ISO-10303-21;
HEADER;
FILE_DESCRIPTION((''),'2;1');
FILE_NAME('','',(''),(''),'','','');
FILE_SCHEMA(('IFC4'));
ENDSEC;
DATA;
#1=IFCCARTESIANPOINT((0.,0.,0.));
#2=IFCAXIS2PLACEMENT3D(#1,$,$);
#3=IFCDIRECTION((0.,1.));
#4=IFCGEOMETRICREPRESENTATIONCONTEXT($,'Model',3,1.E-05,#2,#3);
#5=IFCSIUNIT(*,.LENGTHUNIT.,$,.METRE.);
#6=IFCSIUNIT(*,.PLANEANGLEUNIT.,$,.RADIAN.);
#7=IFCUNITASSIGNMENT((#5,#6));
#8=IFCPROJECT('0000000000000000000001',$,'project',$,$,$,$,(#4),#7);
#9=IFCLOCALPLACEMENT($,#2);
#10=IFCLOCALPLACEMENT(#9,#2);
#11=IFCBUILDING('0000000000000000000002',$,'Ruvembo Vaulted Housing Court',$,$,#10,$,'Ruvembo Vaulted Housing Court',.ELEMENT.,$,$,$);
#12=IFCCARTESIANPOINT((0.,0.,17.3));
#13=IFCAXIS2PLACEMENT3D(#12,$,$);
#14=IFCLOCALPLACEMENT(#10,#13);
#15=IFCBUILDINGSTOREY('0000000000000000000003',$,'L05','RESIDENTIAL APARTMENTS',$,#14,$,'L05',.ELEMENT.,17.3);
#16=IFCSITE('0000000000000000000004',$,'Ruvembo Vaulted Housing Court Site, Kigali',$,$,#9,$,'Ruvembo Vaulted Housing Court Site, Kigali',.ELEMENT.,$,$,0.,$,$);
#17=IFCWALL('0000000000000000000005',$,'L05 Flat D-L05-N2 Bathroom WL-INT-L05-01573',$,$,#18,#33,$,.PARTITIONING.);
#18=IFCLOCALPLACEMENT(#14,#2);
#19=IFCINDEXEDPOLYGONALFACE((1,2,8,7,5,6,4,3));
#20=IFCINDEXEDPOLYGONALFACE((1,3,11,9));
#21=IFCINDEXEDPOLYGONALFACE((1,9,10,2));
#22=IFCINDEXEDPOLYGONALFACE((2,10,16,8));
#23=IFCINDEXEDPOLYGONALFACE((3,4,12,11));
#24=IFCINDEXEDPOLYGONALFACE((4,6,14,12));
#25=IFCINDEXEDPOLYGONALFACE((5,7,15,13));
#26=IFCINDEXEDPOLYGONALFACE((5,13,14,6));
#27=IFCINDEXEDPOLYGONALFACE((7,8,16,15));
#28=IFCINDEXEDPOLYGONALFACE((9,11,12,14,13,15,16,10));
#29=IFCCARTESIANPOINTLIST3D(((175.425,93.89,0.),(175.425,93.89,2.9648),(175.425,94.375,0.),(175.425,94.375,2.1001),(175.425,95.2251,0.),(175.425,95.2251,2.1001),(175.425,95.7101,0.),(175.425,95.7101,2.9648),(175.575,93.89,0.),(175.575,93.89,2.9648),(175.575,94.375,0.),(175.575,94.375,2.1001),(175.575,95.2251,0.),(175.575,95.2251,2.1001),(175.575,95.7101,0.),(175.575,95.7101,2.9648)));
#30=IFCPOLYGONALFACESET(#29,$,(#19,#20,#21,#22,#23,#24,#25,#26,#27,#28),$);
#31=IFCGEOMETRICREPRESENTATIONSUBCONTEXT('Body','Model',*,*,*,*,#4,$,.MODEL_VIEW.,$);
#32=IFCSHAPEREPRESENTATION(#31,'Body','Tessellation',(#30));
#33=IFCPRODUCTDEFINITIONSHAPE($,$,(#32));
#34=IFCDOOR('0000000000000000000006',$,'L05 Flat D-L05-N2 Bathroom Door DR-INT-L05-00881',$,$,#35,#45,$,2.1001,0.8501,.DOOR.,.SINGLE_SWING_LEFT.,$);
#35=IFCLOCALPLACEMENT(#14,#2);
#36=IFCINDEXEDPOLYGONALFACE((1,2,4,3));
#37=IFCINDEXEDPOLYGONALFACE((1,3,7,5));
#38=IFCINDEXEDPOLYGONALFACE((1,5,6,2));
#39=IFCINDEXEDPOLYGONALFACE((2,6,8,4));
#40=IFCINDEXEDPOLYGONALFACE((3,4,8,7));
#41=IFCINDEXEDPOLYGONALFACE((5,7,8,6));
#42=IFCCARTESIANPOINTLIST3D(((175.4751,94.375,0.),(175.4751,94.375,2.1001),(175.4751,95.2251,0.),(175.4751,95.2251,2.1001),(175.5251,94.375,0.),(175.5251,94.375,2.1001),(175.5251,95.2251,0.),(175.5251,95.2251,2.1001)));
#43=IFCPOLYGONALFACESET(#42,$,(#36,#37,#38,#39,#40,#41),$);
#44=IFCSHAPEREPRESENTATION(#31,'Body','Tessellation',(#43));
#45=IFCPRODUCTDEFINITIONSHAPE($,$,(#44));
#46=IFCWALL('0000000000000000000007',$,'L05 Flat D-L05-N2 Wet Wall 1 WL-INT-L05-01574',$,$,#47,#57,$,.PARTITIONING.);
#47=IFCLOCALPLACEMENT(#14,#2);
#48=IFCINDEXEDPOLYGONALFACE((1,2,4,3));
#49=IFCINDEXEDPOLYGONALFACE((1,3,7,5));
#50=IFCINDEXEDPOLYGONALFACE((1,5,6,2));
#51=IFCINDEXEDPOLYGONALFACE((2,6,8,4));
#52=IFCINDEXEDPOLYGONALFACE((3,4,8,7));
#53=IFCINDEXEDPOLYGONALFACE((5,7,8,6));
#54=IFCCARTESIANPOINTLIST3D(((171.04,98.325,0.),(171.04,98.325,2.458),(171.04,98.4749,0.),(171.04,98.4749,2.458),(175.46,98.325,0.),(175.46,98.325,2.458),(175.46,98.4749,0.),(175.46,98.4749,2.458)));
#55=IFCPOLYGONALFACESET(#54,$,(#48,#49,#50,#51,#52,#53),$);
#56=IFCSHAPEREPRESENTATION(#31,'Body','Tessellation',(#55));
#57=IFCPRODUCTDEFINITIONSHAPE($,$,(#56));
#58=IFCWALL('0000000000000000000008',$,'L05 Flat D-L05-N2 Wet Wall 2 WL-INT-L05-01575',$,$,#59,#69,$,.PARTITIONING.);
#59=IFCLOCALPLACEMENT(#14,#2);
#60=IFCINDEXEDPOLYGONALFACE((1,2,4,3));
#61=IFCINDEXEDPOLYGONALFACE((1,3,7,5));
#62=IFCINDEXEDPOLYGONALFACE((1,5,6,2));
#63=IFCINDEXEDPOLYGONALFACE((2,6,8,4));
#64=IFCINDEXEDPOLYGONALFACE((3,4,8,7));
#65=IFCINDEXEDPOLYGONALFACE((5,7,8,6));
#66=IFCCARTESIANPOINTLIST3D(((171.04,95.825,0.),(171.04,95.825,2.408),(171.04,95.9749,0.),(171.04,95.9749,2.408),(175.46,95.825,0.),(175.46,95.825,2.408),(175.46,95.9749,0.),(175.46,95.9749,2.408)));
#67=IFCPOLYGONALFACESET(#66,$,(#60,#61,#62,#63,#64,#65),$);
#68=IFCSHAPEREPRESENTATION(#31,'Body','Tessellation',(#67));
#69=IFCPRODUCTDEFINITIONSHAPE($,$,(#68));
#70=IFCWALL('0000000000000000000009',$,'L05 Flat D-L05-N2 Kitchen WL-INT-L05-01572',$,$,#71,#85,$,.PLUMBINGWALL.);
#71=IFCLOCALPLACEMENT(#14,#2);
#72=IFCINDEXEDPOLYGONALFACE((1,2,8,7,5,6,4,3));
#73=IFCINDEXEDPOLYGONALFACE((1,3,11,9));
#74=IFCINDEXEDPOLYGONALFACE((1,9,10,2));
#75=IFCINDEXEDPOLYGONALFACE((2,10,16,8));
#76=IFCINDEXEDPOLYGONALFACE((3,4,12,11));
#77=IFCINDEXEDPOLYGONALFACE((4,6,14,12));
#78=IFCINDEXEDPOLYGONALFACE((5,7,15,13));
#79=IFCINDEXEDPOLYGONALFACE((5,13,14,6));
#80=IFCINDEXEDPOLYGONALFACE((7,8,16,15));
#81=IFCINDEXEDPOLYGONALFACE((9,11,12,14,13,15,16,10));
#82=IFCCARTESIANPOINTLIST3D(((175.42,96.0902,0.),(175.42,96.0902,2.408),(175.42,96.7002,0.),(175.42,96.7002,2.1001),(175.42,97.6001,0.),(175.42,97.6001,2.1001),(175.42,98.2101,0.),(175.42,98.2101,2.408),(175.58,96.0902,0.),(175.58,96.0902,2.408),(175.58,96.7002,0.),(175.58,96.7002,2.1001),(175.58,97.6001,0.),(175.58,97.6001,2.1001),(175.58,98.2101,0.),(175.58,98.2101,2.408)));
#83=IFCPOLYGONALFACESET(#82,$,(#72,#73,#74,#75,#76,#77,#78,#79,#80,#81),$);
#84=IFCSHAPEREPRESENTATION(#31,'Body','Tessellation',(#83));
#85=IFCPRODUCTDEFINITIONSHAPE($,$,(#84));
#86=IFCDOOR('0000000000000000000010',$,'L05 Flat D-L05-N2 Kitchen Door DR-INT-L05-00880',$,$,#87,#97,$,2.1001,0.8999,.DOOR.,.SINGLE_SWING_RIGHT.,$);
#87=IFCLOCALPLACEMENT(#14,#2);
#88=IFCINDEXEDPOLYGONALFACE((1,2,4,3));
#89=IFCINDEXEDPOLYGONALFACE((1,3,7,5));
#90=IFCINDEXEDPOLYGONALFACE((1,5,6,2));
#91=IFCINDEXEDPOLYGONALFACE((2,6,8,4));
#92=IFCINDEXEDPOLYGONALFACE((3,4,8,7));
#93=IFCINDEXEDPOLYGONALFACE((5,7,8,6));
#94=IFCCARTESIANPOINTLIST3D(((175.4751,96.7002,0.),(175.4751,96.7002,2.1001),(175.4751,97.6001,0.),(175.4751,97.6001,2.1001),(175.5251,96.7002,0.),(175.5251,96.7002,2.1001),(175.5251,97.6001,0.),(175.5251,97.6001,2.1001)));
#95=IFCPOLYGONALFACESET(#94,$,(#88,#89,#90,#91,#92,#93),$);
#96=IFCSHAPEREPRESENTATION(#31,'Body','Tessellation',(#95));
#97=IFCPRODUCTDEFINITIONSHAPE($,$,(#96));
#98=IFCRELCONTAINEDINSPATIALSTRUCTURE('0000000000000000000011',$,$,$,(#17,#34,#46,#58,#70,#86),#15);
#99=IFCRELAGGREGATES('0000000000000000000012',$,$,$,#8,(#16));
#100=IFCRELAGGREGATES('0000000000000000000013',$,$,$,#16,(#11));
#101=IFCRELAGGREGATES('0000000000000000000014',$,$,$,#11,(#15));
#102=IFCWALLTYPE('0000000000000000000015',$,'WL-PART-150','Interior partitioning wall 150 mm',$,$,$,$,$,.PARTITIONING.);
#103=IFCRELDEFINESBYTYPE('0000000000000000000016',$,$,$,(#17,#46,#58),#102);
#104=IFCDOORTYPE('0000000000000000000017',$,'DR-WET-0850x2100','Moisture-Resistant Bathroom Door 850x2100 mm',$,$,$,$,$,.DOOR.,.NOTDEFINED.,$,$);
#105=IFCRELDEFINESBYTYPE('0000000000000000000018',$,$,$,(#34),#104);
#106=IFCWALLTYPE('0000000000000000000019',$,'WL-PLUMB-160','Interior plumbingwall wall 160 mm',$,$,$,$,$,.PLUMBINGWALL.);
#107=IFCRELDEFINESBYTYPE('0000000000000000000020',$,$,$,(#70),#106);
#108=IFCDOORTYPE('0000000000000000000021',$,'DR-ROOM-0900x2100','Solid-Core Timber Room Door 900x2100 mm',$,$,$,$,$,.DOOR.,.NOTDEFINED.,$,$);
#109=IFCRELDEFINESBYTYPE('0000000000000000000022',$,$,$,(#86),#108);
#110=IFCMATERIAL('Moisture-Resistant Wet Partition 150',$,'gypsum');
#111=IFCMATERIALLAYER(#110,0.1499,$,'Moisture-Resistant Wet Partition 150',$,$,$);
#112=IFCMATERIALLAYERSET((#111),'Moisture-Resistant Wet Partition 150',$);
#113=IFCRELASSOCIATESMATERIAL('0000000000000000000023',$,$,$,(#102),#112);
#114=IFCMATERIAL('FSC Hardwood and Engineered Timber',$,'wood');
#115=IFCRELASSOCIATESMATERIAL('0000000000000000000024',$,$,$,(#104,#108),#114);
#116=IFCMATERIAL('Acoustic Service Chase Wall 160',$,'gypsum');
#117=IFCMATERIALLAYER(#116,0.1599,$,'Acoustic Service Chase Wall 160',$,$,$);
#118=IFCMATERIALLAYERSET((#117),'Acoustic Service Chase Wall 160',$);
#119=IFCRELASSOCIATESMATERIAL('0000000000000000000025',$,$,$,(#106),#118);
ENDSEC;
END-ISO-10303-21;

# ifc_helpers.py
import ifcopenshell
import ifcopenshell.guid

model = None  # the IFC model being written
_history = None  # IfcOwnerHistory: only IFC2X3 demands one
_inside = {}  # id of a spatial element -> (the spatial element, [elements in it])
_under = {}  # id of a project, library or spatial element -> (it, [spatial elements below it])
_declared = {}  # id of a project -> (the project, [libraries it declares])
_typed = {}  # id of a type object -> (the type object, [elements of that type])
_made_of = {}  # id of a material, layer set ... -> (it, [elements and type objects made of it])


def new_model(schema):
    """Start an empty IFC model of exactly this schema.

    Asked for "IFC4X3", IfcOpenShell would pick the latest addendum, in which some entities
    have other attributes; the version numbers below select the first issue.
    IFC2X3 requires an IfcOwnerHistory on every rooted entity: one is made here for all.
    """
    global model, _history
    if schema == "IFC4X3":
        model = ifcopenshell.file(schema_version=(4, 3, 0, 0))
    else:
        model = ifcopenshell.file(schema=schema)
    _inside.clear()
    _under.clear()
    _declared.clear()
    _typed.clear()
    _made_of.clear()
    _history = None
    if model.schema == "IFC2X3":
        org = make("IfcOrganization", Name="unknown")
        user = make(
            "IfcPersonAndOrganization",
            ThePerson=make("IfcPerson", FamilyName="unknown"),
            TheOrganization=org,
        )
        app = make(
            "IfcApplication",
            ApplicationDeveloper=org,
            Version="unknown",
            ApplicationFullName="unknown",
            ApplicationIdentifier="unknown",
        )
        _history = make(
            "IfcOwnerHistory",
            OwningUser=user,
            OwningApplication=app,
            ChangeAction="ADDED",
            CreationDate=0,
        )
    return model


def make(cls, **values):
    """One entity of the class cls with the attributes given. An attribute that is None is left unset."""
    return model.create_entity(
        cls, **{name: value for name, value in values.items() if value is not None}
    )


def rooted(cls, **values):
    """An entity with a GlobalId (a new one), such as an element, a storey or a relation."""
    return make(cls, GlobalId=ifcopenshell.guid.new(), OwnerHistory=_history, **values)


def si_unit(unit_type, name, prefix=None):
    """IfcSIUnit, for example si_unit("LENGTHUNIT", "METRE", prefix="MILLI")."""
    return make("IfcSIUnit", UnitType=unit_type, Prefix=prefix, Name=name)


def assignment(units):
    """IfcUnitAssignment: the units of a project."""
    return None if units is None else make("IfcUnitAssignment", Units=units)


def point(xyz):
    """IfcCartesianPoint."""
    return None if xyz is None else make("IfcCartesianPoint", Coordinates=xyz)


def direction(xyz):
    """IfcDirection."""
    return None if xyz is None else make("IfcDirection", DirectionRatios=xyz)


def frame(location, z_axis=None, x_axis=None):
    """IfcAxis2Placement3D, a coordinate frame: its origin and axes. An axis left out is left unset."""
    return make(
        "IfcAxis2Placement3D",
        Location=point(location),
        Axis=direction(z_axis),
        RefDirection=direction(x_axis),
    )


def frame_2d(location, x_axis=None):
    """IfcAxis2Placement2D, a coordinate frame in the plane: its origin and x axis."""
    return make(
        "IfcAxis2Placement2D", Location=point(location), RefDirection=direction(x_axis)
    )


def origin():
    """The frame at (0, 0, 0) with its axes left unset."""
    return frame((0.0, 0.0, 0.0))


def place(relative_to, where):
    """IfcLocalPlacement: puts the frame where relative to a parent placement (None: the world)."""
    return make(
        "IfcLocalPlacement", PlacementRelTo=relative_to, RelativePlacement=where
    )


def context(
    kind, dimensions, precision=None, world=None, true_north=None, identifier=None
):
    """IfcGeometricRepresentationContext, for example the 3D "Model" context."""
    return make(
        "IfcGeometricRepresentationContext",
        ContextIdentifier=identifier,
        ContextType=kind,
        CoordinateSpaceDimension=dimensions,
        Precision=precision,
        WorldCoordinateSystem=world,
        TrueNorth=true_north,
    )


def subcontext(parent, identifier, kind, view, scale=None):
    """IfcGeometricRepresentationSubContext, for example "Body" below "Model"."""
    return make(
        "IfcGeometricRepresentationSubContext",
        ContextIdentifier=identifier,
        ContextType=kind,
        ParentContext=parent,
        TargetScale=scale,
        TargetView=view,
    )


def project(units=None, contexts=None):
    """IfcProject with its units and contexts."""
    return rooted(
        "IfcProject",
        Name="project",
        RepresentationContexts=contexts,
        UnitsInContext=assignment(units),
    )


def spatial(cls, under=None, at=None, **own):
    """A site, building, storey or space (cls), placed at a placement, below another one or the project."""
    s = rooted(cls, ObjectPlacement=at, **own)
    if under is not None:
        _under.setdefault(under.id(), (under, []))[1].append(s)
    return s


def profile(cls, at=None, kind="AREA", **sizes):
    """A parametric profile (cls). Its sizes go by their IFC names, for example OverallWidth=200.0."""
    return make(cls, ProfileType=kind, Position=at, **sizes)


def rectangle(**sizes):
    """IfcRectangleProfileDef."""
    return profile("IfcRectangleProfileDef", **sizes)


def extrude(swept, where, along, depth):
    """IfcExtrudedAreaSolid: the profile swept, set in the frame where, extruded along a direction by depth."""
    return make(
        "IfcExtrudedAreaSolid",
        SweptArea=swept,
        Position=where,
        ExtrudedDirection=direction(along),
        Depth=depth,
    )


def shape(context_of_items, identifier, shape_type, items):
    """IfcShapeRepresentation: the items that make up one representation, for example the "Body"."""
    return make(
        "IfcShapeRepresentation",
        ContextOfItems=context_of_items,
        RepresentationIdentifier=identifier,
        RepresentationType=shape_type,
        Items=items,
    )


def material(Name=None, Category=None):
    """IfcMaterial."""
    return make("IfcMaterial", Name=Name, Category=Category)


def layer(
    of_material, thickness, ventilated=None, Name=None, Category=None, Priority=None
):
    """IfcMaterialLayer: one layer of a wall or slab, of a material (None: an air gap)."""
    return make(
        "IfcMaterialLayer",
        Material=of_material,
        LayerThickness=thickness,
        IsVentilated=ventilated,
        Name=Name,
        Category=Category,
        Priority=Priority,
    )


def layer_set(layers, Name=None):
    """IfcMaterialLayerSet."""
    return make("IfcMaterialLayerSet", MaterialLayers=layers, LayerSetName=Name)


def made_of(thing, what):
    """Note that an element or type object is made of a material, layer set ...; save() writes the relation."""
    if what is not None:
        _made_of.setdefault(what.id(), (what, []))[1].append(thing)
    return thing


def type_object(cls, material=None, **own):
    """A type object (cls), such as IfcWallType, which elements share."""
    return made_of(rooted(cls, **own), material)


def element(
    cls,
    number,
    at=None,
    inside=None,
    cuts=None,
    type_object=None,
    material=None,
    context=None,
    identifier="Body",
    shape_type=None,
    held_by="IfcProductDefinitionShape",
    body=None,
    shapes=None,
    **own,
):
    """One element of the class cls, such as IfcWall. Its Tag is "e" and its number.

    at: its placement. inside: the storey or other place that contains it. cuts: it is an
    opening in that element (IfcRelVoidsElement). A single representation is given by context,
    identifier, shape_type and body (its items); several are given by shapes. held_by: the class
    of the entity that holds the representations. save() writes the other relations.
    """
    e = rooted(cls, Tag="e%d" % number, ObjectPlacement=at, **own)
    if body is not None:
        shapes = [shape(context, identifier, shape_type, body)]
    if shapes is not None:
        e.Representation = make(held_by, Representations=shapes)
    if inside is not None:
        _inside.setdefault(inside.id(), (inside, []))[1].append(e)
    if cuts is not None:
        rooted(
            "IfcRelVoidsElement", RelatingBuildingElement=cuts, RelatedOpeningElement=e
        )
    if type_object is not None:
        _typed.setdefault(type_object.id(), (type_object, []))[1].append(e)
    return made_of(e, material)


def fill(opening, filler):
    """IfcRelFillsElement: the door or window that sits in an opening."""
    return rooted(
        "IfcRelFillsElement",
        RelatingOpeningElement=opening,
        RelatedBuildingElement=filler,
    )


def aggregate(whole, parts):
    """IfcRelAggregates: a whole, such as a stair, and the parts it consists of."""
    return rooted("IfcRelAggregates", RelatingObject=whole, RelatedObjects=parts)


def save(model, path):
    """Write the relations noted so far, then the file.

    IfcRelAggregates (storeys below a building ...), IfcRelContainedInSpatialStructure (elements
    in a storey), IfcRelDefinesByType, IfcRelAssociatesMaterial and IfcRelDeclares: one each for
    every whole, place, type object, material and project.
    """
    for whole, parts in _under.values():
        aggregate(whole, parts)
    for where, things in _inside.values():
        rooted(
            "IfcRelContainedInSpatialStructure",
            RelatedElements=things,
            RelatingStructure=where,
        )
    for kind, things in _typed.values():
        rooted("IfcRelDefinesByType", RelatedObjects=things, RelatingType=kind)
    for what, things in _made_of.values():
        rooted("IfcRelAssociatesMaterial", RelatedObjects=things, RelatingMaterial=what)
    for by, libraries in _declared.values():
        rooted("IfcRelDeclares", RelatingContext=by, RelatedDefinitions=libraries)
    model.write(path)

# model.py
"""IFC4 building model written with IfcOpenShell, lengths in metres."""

from ifc_helpers import new_model, si_unit, direction, frame, frame_2d, origin, place, context, subcontext, project, spatial, rectangle, extrude, material, layer, layer_set, type_object, element, fill, save


model = new_model("IFC4")

# Units and contexts
model_context = context("Model", 3, precision=1e-05, world=origin(), true_north=direction((0.0, 1.0)))
body_context = subcontext(model_context, "Body", "Model", "MODEL_VIEW")
ifc_project = project(units=[si_unit("LENGTHUNIT", "METRE"), si_unit("PLANEANGLEUNIT", "RADIAN")], contexts=[model_context])

# Site, building, storey
site_placement = place(None, origin())
site = spatial("IfcSite", under=ifc_project, at=site_placement, Name="Ruvembo Vaulted Housing Court Site, Kigali", LongName="Ruvembo Vaulted Housing Court Site, Kigali", CompositionType="ELEMENT", RefElevation=0.0)
building_placement = place(site_placement, origin())
building = spatial("IfcBuilding", under=site, at=building_placement, Name="Ruvembo Vaulted Housing Court", LongName="Ruvembo Vaulted Housing Court", CompositionType="ELEMENT")
storey_placement = place(building_placement, frame((0.0, 0.0, 17.3)))
storey = spatial("IfcBuildingStorey", under=building, at=storey_placement, Name="L05", Description="RESIDENTIAL APARTMENTS", LongName="L05", CompositionType="ELEMENT", Elevation=17.3)

# Wall, opening, door
ifc_material_1 = material(Name="FSC Hardwood and Engineered Timber", Category="wood")
ifc_material_2 = material(Name="Moisture-Resistant Wet Partition 150", Category="gypsum")
ifc_layer_1 = layer(ifc_material_2, 0.1499, Name="Moisture-Resistant Wet Partition 150")
ifc_layer_set_1 = layer_set([ifc_layer_1], Name="Moisture-Resistant Wet Partition 150")
wall_type_1 = type_object("IfcWallType", Name="WL-PART-150", Description="Interior partitioning wall 150 mm", PredefinedType="PARTITIONING", material=ifc_layer_set_1)
wall_1_placement = place(storey_placement, frame((175.5, 93.8899, 0.0), z_axis=(0.0, 0.0, 1.0), x_axis=(0.0, 1.0, 0.0)))
wall_1 = element("IfcWall", 1, at=wall_1_placement, inside=storey, type_object=wall_type_1, Name="L05 Flat D-L05-N2 Bathroom WL-INT-L05-01573", PredefinedType="PARTITIONING", context=body_context, shape_type="SweptSolid", body=[
    extrude(rectangle(XDim=1.8201, YDim=0.1499, at=frame_2d((0.9102, 0.0))), origin(), (0.0, 0.0, 1.0), 2.9648),
])
opening_1_placement = place(wall_1_placement, frame((0.4851, 0.0, 0.0)))
opening_1 = element("IfcOpeningElement", 2, at=opening_1_placement, cuts=wall_1, PredefinedType="OPENING", context=body_context, shape_type="SweptSolid", body=[
    extrude(rectangle(XDim=0.8501, YDim=2.1001, at=frame_2d((0.425, 1.05))), frame((0.0, 0.085, 0.0), z_axis=(0.0, -1.0, 0.0), x_axis=(1.0, 0.0, 0.0)), (0.0, 0.0, 1.0), 0.1699),
])
door_type_1 = type_object("IfcDoorType", Name="DR-WET-0850x2100", Description="Moisture-Resistant Bathroom Door 850x2100 mm", OperationType="NOTDEFINED", PredefinedType="DOOR", material=ifc_material_1)
door_1_placement = place(opening_1_placement, origin())
door_1 = element("IfcDoor", 3, at=door_1_placement, inside=storey, type_object=door_type_1, Name="L05 Flat D-L05-N2 Bathroom Door DR-INT-L05-00881", OperationType="SINGLE_SWING_LEFT", OverallHeight=2.1001, OverallWidth=0.8501, PredefinedType="DOOR", context=body_context, shape_type="SweptSolid", body=[
    extrude(rectangle(XDim=0.8501, YDim=2.1001, at=frame_2d((0.425, 1.05))), frame((0.0, 0.0249, 0.0), z_axis=(0.0, -1.0, 0.0), x_axis=(1.0, 0.0, 0.0)), (0.0, 0.0, 1.0), 0.05),
])
fill(opening_1, door_1)

# Walls
wall_2_placement = place(storey_placement, frame((171.04, 98.3999, 0.0), z_axis=(0.0, 0.0, 1.0), x_axis=(1.0, 0.0, 0.0)))
element("IfcWall", 4, at=wall_2_placement, inside=storey, type_object=wall_type_1, Name="L05 Flat D-L05-N2 Wet Wall 1 WL-INT-L05-01574", PredefinedType="PARTITIONING", context=body_context, shape_type="SweptSolid", body=[
    extrude(rectangle(XDim=4.4199, YDim=0.1499, at=frame_2d((2.21, 0.0))), origin(), (0.0, 0.0, 1.0), 2.458),
])
wall_3_placement = place(storey_placement, frame((171.04, 95.8999, 0.0), z_axis=(0.0, 0.0, 1.0), x_axis=(1.0, 0.0, 0.0)))
element("IfcWall", 5, at=wall_3_placement, inside=storey, type_object=wall_type_1, Name="L05 Flat D-L05-N2 Wet Wall 2 WL-INT-L05-01575", PredefinedType="PARTITIONING", context=body_context, shape_type="SweptSolid", body=[
    extrude(rectangle(XDim=4.4199, YDim=0.1499, at=frame_2d((2.21, 0.0))), origin(), (0.0, 0.0, 1.0), 2.408),
])

# Wall, opening, door
ifc_material_3 = material(Name="Acoustic Service Chase Wall 160", Category="gypsum")
ifc_layer_2 = layer(ifc_material_3, 0.1599, Name="Acoustic Service Chase Wall 160")
ifc_layer_set_2 = layer_set([ifc_layer_2], Name="Acoustic Service Chase Wall 160")
wall_type_2 = type_object("IfcWallType", Name="WL-PLUMB-160", Description="Interior plumbingwall wall 160 mm", PredefinedType="PLUMBINGWALL", material=ifc_layer_set_2)
wall_4_placement = place(storey_placement, frame((175.5, 96.0901, 0.0), z_axis=(0.0, 0.0, 1.0), x_axis=(0.0, 1.0, 0.0)))
wall_4 = element("IfcWall", 6, at=wall_4_placement, inside=storey, type_object=wall_type_2, Name="L05 Flat D-L05-N2 Kitchen WL-INT-L05-01572", PredefinedType="PLUMBINGWALL", context=body_context, shape_type="SweptSolid", body=[
    extrude(rectangle(XDim=2.1199, YDim=0.1599, at=frame_2d((1.0601, 0.0))), origin(), (0.0, 0.0, 1.0), 2.408),
])
opening_2_placement = place(wall_4_placement, frame((0.6101, 0.0, 0.0)))
opening_2 = element("IfcOpeningElement", 7, at=opening_2_placement, cuts=wall_4, PredefinedType="OPENING", context=body_context, shape_type="SweptSolid", body=[
    extrude(rectangle(XDim=0.8999, YDim=2.1001, at=frame_2d((0.45, 1.05))), frame((0.0, 0.0898, 0.0), z_axis=(0.0, -1.0, 0.0), x_axis=(1.0, 0.0, 0.0)), (0.0, 0.0, 1.0), 0.1799),
])
door_type_2 = type_object("IfcDoorType", Name="DR-ROOM-0900x2100", Description="Solid-Core Timber Room Door 900x2100 mm", OperationType="NOTDEFINED", PredefinedType="DOOR", material=ifc_material_1)
door_2_placement = place(opening_2_placement, origin())
door_2 = element("IfcDoor", 8, at=door_2_placement, inside=storey, type_object=door_type_2, Name="L05 Flat D-L05-N2 Kitchen Door DR-INT-L05-00880", OperationType="SINGLE_SWING_RIGHT", OverallHeight=2.1001, OverallWidth=0.8999, PredefinedType="DOOR", context=body_context, shape_type="SweptSolid", body=[
    extrude(rectangle(XDim=0.8999, YDim=2.1001, at=frame_2d((0.45, 1.05))), frame((0.0, 0.0249, 0.0), z_axis=(0.0, -1.0, 0.0), x_axis=(1.0, 0.0, 0.0)), (0.0, 0.0, 1.0), 0.05),
])
fill(opening_2, door_2)

save(model, "model.ifc")
